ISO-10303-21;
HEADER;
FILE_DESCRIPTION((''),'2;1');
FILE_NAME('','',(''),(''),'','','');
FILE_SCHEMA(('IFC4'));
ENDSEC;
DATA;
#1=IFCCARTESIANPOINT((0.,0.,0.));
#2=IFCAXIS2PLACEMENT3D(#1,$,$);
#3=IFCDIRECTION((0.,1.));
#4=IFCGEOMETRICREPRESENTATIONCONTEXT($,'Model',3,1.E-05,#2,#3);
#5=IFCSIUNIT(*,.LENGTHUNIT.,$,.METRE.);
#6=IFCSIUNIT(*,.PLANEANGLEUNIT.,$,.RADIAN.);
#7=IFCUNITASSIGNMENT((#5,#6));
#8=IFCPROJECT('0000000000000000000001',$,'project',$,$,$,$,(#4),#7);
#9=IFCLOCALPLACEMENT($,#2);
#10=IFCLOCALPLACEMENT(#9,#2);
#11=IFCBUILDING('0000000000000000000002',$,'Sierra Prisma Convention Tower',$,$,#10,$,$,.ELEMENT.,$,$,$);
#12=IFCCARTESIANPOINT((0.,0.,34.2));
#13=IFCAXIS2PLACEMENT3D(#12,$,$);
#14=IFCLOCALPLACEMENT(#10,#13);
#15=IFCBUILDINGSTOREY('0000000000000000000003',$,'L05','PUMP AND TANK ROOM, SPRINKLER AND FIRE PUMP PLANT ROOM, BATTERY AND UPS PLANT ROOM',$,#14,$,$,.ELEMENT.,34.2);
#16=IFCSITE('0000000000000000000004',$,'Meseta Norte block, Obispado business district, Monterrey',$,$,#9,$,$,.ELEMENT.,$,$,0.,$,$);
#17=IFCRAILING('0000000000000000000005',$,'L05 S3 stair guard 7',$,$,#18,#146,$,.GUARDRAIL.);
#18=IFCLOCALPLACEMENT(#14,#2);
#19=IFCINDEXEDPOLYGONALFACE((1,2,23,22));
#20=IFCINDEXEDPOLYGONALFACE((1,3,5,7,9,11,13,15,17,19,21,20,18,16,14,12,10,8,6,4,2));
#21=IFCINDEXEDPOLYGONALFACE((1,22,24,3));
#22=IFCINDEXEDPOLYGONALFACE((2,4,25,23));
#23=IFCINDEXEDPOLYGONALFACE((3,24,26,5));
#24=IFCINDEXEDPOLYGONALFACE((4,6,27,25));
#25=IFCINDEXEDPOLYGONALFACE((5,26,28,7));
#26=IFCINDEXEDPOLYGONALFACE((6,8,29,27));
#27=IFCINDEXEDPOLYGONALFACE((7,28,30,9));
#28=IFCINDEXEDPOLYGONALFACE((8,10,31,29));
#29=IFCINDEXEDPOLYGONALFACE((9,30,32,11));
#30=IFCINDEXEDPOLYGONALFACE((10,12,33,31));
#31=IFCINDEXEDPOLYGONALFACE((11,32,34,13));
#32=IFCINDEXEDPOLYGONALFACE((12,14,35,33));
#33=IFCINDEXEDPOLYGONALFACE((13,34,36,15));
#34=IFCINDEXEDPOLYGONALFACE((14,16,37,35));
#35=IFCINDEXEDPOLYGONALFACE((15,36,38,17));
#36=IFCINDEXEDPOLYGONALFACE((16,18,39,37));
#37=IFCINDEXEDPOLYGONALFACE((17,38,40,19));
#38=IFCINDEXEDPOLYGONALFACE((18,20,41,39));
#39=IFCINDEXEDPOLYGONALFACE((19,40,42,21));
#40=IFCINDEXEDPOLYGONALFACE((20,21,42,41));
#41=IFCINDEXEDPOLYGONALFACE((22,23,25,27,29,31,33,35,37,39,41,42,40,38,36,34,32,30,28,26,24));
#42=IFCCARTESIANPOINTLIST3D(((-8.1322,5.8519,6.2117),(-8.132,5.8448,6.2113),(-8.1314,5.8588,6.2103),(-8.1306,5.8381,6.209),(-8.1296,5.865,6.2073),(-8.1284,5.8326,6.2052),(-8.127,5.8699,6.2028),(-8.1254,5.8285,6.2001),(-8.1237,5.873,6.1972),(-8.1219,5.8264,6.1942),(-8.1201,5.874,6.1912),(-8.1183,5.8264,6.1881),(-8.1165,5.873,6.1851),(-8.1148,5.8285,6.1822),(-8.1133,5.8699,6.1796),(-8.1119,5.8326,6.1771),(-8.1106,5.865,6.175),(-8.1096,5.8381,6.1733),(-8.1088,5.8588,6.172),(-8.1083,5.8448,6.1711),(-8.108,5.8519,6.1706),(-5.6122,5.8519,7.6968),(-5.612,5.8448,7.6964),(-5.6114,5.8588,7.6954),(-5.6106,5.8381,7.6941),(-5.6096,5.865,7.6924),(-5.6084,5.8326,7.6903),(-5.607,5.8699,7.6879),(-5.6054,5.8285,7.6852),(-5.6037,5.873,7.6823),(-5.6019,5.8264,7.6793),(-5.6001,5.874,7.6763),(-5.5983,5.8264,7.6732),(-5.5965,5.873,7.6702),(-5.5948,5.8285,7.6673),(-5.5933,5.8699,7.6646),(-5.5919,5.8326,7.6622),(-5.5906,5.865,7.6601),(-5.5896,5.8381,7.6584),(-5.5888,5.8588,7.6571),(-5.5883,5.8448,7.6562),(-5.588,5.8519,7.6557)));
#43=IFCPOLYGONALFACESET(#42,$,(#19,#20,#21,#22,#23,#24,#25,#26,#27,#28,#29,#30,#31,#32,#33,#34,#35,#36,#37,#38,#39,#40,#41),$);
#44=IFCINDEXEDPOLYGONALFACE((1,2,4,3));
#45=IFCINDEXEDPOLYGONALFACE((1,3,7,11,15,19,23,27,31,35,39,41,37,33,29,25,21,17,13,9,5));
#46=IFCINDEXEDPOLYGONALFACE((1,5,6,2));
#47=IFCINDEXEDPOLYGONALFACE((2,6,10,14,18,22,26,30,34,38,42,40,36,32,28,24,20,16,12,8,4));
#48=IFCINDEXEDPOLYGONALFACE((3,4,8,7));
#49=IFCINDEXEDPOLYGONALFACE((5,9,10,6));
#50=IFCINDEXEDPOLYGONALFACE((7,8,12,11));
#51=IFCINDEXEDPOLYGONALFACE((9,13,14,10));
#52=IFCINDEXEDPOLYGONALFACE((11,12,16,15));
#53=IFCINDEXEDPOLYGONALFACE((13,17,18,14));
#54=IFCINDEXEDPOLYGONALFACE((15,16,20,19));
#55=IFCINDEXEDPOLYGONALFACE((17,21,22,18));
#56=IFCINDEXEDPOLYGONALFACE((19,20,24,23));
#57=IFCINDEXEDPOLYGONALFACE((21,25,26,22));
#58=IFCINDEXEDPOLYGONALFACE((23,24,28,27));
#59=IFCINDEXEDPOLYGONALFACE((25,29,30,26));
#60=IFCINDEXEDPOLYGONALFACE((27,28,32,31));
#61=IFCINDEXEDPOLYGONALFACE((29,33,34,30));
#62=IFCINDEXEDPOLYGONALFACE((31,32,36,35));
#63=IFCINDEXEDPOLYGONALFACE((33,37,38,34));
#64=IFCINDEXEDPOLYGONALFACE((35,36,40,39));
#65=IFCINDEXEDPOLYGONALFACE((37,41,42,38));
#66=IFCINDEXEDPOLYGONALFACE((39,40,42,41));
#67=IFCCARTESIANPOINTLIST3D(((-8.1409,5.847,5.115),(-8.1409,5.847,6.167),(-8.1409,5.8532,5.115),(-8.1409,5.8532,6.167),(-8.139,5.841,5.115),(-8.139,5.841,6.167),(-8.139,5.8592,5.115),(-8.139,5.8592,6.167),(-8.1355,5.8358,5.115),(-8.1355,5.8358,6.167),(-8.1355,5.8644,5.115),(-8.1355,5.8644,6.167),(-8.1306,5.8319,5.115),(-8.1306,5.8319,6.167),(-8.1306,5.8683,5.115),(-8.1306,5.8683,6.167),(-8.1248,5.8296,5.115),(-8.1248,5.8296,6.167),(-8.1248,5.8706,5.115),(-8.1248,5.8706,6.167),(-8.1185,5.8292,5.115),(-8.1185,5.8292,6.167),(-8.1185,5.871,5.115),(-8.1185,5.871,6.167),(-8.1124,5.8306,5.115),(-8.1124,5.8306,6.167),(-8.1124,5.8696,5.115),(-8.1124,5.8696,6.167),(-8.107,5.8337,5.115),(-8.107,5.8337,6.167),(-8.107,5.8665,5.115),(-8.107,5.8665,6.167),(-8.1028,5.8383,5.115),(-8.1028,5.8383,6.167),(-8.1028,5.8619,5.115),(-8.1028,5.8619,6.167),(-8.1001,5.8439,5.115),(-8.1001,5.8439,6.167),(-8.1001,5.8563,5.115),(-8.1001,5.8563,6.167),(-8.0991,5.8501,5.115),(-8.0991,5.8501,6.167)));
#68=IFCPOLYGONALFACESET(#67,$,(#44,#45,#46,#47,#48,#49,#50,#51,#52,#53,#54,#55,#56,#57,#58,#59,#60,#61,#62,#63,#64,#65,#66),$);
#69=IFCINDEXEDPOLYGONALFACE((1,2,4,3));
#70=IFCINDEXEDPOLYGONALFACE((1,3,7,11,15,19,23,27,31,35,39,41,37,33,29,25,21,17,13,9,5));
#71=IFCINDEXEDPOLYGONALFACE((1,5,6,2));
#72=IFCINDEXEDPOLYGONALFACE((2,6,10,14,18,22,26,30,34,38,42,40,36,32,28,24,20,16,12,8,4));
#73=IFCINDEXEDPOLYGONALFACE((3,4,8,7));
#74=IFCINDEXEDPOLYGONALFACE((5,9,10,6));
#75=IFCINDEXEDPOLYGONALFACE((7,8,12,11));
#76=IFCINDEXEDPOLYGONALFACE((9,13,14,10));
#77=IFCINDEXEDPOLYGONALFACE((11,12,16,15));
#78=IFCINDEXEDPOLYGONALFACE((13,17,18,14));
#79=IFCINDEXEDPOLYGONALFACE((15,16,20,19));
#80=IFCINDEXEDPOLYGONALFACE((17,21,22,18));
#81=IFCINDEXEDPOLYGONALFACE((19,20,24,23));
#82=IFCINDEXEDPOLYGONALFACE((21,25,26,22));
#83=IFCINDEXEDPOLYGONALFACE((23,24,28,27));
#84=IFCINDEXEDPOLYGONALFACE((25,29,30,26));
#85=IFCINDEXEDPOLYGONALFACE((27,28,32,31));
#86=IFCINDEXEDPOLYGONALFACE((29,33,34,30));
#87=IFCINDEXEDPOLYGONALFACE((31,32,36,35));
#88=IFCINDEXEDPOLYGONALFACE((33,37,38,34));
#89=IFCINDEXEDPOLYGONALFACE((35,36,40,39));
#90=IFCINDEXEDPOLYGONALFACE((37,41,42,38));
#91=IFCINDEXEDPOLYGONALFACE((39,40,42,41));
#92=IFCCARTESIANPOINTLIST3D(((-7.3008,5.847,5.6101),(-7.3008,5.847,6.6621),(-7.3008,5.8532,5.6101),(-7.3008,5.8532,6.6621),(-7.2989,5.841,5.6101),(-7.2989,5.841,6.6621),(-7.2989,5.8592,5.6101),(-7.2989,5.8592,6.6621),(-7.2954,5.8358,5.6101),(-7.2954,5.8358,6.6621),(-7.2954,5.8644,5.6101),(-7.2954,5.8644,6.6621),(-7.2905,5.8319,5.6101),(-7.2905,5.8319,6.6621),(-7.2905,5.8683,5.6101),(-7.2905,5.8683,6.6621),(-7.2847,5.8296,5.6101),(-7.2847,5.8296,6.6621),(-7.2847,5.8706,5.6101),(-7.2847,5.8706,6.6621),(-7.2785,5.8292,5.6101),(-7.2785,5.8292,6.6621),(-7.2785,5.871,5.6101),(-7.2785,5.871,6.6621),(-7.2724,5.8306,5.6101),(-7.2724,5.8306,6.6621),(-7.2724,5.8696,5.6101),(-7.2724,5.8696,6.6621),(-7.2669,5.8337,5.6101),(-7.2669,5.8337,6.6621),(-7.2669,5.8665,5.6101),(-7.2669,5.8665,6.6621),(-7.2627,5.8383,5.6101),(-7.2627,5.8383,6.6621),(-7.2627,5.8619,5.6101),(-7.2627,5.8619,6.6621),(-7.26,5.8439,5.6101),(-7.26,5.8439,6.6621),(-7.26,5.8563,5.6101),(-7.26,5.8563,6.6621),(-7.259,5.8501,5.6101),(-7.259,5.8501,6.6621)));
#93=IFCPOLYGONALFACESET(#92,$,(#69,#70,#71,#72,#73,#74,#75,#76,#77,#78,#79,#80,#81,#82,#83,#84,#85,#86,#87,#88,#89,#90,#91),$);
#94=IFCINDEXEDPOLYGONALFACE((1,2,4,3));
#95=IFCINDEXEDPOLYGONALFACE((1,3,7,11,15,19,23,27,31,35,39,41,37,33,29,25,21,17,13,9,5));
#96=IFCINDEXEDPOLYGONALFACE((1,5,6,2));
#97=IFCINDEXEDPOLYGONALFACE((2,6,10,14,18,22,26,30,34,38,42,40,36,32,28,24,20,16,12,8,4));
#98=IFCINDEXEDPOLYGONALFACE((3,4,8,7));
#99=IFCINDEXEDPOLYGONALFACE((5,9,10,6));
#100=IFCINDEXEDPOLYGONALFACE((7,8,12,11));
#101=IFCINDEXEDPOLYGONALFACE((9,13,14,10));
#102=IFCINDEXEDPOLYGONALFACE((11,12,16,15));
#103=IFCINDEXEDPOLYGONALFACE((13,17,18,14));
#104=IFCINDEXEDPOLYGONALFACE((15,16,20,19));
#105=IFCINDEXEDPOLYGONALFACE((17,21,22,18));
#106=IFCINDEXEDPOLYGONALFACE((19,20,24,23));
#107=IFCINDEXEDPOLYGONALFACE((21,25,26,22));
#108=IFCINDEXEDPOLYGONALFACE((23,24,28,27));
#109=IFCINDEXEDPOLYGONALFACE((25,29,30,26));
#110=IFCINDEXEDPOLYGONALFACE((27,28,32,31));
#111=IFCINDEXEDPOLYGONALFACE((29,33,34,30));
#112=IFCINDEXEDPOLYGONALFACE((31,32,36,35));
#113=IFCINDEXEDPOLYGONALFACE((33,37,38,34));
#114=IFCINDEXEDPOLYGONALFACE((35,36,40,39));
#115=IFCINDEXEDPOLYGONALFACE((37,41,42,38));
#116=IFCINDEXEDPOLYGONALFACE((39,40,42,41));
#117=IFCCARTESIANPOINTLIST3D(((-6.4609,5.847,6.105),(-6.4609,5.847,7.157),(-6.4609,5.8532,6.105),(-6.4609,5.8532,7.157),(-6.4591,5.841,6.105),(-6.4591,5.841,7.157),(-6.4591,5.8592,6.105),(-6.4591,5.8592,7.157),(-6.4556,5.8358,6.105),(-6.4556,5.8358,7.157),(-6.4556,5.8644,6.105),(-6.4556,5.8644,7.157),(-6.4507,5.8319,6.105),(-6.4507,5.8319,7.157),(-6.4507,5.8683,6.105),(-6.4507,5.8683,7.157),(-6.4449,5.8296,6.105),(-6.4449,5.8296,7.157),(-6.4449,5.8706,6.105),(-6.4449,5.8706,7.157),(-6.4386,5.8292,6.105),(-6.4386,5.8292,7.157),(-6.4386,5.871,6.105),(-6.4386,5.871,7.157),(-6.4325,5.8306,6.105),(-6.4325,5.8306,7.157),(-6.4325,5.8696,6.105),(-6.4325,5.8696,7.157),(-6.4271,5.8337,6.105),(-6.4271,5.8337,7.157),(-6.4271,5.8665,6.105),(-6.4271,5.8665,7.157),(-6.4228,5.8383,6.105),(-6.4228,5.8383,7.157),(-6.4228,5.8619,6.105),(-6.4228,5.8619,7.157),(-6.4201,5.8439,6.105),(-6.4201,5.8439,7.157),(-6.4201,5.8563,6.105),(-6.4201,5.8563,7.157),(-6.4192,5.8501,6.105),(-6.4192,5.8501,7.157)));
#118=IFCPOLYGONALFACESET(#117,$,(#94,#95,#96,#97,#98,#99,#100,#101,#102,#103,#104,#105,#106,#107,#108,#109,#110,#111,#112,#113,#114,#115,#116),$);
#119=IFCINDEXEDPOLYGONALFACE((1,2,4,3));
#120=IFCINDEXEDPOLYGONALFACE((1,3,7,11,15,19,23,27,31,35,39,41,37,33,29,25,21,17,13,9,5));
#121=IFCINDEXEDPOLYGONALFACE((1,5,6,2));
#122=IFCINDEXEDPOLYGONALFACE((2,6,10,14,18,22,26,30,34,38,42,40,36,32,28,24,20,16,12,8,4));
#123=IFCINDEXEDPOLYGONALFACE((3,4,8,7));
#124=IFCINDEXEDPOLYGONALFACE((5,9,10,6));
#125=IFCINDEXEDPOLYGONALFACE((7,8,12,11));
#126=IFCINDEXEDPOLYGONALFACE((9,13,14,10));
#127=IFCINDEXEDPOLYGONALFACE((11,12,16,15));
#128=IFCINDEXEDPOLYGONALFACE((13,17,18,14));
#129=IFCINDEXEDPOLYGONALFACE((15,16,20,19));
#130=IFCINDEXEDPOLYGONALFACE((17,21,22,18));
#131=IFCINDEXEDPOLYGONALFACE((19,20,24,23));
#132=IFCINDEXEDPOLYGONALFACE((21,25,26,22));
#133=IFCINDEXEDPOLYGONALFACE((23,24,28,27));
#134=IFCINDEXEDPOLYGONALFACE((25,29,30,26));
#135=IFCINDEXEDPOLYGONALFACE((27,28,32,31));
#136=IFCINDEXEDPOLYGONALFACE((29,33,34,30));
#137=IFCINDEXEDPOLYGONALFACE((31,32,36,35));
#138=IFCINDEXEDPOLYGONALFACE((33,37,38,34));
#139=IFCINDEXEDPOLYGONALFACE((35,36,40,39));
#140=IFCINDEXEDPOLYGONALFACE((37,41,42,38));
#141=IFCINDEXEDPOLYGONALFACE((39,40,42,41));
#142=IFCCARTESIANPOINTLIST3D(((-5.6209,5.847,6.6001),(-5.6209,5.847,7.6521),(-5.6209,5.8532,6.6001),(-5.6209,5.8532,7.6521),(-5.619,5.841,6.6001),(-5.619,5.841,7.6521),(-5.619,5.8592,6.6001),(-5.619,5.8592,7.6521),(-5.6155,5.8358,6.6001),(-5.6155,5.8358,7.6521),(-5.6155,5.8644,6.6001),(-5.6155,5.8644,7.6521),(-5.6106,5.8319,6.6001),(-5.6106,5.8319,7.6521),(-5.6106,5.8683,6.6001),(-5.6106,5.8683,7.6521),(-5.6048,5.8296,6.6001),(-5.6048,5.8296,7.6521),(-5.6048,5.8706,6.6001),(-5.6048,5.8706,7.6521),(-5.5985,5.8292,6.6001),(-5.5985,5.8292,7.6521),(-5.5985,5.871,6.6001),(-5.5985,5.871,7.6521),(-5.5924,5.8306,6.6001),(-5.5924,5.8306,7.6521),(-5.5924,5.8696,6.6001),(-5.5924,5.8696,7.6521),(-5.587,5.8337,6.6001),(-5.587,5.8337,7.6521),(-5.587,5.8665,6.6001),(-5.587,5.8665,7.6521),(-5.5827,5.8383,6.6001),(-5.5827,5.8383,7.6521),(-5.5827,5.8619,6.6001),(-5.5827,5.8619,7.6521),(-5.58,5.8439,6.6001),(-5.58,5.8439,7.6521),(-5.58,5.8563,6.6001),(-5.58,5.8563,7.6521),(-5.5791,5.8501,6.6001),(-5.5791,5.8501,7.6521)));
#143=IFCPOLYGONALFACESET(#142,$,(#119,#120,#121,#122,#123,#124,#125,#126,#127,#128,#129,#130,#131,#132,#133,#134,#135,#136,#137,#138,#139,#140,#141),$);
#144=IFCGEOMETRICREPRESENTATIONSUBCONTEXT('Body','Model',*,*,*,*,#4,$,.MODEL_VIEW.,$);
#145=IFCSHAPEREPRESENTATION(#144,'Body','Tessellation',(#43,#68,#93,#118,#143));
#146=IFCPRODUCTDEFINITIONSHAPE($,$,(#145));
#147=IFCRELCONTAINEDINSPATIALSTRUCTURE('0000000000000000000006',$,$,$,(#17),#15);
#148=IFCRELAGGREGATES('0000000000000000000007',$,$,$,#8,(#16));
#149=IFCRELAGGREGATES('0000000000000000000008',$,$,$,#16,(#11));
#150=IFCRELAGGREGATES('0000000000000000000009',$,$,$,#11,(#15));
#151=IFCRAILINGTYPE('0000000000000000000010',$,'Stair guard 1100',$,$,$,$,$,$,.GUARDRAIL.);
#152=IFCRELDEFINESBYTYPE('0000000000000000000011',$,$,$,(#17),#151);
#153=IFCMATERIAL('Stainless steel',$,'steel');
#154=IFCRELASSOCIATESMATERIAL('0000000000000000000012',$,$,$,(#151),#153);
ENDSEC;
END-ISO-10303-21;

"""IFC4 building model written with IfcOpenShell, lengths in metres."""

from ifc_helpers import new_model, si_unit, direction, frame, origin, origin_2d, place, context, subcontext, project, spatial, circle, extrude, material, type_object, element, save


model = new_model("IFC4")

# Units and contexts
model_context = context("Model", 3, precision=1e-05, world=origin(), true_north=direction((0.0, 1.0)))
body_context = subcontext(model_context, "Body", "Model", "MODEL_VIEW")
ifc_project = project(units=[si_unit("LENGTHUNIT", "METRE"), si_unit("PLANEANGLEUNIT", "RADIAN")], contexts=[model_context])

# Site, building, storey
site_placement = place(None, origin())
site = spatial("IfcSite", under=ifc_project, at=site_placement, Name="Meseta Norte block, Obispado business district, Monterrey", CompositionType="ELEMENT", RefElevation=0.0)
building_placement = place(site_placement, origin())
building = spatial("IfcBuilding", under=site, at=building_placement, Name="Sierra Prisma Convention Tower", CompositionType="ELEMENT")
storey_placement = place(building_placement, frame((0.0, 0.0, 34.2)))
storey = spatial("IfcBuildingStorey", under=building, at=storey_placement, Name="L05", Description="PUMP AND TANK ROOM, SPRINKLER AND FIRE PUMP PLANT ROOM, BATTERY AND UPS PLANT ROOM", CompositionType="ELEMENT", Elevation=34.2)

# Railing
ifc_material_1 = material(Name="Stainless steel", Category="steel")
railing_type_1 = type_object("IfcRailingType", Name="Stair guard 1100", PredefinedType="GUARDRAIL", material=ifc_material_1)
railing_1_placement = place(storey_placement, frame((-8.1201, 5.8501, 5.115)))
element("IfcRailing", 1, at=railing_1_placement, inside=storey, type_object=railing_type_1, Name="L05 S3 stair guard 7", PredefinedType="GUARDRAIL", context=body_context, shape_type="SweptSolid", body=[
    extrude(circle(Radius=0.0239, at=origin_2d()), frame((0.0, 0.0, 1.0762), z_axis=(0.861524, 0.0, 0.507717), x_axis=(0.0, 1.0, 0.0)), (0.0, 0.0, 1.0), 2.925),
    extrude(circle(Radius=0.021, at=origin_2d()), origin(), (0.0, 0.0, 1.0), 1.052),
    extrude(circle(Radius=0.021, at=origin_2d()), frame((0.8401, 0.0, 0.4951)), (0.0, 0.0, 1.0), 1.052),
    extrude(circle(Radius=0.021, at=origin_2d()), frame((1.6799, 0.0, 0.99)), (0.0, 0.0, 1.0), 1.052),
    extrude(circle(Radius=0.021, at=origin_2d()), frame((2.52, 0.0, 1.4851)), (0.0, 0.0, 1.0), 1.052),
])

save(model, "model.ifc")
